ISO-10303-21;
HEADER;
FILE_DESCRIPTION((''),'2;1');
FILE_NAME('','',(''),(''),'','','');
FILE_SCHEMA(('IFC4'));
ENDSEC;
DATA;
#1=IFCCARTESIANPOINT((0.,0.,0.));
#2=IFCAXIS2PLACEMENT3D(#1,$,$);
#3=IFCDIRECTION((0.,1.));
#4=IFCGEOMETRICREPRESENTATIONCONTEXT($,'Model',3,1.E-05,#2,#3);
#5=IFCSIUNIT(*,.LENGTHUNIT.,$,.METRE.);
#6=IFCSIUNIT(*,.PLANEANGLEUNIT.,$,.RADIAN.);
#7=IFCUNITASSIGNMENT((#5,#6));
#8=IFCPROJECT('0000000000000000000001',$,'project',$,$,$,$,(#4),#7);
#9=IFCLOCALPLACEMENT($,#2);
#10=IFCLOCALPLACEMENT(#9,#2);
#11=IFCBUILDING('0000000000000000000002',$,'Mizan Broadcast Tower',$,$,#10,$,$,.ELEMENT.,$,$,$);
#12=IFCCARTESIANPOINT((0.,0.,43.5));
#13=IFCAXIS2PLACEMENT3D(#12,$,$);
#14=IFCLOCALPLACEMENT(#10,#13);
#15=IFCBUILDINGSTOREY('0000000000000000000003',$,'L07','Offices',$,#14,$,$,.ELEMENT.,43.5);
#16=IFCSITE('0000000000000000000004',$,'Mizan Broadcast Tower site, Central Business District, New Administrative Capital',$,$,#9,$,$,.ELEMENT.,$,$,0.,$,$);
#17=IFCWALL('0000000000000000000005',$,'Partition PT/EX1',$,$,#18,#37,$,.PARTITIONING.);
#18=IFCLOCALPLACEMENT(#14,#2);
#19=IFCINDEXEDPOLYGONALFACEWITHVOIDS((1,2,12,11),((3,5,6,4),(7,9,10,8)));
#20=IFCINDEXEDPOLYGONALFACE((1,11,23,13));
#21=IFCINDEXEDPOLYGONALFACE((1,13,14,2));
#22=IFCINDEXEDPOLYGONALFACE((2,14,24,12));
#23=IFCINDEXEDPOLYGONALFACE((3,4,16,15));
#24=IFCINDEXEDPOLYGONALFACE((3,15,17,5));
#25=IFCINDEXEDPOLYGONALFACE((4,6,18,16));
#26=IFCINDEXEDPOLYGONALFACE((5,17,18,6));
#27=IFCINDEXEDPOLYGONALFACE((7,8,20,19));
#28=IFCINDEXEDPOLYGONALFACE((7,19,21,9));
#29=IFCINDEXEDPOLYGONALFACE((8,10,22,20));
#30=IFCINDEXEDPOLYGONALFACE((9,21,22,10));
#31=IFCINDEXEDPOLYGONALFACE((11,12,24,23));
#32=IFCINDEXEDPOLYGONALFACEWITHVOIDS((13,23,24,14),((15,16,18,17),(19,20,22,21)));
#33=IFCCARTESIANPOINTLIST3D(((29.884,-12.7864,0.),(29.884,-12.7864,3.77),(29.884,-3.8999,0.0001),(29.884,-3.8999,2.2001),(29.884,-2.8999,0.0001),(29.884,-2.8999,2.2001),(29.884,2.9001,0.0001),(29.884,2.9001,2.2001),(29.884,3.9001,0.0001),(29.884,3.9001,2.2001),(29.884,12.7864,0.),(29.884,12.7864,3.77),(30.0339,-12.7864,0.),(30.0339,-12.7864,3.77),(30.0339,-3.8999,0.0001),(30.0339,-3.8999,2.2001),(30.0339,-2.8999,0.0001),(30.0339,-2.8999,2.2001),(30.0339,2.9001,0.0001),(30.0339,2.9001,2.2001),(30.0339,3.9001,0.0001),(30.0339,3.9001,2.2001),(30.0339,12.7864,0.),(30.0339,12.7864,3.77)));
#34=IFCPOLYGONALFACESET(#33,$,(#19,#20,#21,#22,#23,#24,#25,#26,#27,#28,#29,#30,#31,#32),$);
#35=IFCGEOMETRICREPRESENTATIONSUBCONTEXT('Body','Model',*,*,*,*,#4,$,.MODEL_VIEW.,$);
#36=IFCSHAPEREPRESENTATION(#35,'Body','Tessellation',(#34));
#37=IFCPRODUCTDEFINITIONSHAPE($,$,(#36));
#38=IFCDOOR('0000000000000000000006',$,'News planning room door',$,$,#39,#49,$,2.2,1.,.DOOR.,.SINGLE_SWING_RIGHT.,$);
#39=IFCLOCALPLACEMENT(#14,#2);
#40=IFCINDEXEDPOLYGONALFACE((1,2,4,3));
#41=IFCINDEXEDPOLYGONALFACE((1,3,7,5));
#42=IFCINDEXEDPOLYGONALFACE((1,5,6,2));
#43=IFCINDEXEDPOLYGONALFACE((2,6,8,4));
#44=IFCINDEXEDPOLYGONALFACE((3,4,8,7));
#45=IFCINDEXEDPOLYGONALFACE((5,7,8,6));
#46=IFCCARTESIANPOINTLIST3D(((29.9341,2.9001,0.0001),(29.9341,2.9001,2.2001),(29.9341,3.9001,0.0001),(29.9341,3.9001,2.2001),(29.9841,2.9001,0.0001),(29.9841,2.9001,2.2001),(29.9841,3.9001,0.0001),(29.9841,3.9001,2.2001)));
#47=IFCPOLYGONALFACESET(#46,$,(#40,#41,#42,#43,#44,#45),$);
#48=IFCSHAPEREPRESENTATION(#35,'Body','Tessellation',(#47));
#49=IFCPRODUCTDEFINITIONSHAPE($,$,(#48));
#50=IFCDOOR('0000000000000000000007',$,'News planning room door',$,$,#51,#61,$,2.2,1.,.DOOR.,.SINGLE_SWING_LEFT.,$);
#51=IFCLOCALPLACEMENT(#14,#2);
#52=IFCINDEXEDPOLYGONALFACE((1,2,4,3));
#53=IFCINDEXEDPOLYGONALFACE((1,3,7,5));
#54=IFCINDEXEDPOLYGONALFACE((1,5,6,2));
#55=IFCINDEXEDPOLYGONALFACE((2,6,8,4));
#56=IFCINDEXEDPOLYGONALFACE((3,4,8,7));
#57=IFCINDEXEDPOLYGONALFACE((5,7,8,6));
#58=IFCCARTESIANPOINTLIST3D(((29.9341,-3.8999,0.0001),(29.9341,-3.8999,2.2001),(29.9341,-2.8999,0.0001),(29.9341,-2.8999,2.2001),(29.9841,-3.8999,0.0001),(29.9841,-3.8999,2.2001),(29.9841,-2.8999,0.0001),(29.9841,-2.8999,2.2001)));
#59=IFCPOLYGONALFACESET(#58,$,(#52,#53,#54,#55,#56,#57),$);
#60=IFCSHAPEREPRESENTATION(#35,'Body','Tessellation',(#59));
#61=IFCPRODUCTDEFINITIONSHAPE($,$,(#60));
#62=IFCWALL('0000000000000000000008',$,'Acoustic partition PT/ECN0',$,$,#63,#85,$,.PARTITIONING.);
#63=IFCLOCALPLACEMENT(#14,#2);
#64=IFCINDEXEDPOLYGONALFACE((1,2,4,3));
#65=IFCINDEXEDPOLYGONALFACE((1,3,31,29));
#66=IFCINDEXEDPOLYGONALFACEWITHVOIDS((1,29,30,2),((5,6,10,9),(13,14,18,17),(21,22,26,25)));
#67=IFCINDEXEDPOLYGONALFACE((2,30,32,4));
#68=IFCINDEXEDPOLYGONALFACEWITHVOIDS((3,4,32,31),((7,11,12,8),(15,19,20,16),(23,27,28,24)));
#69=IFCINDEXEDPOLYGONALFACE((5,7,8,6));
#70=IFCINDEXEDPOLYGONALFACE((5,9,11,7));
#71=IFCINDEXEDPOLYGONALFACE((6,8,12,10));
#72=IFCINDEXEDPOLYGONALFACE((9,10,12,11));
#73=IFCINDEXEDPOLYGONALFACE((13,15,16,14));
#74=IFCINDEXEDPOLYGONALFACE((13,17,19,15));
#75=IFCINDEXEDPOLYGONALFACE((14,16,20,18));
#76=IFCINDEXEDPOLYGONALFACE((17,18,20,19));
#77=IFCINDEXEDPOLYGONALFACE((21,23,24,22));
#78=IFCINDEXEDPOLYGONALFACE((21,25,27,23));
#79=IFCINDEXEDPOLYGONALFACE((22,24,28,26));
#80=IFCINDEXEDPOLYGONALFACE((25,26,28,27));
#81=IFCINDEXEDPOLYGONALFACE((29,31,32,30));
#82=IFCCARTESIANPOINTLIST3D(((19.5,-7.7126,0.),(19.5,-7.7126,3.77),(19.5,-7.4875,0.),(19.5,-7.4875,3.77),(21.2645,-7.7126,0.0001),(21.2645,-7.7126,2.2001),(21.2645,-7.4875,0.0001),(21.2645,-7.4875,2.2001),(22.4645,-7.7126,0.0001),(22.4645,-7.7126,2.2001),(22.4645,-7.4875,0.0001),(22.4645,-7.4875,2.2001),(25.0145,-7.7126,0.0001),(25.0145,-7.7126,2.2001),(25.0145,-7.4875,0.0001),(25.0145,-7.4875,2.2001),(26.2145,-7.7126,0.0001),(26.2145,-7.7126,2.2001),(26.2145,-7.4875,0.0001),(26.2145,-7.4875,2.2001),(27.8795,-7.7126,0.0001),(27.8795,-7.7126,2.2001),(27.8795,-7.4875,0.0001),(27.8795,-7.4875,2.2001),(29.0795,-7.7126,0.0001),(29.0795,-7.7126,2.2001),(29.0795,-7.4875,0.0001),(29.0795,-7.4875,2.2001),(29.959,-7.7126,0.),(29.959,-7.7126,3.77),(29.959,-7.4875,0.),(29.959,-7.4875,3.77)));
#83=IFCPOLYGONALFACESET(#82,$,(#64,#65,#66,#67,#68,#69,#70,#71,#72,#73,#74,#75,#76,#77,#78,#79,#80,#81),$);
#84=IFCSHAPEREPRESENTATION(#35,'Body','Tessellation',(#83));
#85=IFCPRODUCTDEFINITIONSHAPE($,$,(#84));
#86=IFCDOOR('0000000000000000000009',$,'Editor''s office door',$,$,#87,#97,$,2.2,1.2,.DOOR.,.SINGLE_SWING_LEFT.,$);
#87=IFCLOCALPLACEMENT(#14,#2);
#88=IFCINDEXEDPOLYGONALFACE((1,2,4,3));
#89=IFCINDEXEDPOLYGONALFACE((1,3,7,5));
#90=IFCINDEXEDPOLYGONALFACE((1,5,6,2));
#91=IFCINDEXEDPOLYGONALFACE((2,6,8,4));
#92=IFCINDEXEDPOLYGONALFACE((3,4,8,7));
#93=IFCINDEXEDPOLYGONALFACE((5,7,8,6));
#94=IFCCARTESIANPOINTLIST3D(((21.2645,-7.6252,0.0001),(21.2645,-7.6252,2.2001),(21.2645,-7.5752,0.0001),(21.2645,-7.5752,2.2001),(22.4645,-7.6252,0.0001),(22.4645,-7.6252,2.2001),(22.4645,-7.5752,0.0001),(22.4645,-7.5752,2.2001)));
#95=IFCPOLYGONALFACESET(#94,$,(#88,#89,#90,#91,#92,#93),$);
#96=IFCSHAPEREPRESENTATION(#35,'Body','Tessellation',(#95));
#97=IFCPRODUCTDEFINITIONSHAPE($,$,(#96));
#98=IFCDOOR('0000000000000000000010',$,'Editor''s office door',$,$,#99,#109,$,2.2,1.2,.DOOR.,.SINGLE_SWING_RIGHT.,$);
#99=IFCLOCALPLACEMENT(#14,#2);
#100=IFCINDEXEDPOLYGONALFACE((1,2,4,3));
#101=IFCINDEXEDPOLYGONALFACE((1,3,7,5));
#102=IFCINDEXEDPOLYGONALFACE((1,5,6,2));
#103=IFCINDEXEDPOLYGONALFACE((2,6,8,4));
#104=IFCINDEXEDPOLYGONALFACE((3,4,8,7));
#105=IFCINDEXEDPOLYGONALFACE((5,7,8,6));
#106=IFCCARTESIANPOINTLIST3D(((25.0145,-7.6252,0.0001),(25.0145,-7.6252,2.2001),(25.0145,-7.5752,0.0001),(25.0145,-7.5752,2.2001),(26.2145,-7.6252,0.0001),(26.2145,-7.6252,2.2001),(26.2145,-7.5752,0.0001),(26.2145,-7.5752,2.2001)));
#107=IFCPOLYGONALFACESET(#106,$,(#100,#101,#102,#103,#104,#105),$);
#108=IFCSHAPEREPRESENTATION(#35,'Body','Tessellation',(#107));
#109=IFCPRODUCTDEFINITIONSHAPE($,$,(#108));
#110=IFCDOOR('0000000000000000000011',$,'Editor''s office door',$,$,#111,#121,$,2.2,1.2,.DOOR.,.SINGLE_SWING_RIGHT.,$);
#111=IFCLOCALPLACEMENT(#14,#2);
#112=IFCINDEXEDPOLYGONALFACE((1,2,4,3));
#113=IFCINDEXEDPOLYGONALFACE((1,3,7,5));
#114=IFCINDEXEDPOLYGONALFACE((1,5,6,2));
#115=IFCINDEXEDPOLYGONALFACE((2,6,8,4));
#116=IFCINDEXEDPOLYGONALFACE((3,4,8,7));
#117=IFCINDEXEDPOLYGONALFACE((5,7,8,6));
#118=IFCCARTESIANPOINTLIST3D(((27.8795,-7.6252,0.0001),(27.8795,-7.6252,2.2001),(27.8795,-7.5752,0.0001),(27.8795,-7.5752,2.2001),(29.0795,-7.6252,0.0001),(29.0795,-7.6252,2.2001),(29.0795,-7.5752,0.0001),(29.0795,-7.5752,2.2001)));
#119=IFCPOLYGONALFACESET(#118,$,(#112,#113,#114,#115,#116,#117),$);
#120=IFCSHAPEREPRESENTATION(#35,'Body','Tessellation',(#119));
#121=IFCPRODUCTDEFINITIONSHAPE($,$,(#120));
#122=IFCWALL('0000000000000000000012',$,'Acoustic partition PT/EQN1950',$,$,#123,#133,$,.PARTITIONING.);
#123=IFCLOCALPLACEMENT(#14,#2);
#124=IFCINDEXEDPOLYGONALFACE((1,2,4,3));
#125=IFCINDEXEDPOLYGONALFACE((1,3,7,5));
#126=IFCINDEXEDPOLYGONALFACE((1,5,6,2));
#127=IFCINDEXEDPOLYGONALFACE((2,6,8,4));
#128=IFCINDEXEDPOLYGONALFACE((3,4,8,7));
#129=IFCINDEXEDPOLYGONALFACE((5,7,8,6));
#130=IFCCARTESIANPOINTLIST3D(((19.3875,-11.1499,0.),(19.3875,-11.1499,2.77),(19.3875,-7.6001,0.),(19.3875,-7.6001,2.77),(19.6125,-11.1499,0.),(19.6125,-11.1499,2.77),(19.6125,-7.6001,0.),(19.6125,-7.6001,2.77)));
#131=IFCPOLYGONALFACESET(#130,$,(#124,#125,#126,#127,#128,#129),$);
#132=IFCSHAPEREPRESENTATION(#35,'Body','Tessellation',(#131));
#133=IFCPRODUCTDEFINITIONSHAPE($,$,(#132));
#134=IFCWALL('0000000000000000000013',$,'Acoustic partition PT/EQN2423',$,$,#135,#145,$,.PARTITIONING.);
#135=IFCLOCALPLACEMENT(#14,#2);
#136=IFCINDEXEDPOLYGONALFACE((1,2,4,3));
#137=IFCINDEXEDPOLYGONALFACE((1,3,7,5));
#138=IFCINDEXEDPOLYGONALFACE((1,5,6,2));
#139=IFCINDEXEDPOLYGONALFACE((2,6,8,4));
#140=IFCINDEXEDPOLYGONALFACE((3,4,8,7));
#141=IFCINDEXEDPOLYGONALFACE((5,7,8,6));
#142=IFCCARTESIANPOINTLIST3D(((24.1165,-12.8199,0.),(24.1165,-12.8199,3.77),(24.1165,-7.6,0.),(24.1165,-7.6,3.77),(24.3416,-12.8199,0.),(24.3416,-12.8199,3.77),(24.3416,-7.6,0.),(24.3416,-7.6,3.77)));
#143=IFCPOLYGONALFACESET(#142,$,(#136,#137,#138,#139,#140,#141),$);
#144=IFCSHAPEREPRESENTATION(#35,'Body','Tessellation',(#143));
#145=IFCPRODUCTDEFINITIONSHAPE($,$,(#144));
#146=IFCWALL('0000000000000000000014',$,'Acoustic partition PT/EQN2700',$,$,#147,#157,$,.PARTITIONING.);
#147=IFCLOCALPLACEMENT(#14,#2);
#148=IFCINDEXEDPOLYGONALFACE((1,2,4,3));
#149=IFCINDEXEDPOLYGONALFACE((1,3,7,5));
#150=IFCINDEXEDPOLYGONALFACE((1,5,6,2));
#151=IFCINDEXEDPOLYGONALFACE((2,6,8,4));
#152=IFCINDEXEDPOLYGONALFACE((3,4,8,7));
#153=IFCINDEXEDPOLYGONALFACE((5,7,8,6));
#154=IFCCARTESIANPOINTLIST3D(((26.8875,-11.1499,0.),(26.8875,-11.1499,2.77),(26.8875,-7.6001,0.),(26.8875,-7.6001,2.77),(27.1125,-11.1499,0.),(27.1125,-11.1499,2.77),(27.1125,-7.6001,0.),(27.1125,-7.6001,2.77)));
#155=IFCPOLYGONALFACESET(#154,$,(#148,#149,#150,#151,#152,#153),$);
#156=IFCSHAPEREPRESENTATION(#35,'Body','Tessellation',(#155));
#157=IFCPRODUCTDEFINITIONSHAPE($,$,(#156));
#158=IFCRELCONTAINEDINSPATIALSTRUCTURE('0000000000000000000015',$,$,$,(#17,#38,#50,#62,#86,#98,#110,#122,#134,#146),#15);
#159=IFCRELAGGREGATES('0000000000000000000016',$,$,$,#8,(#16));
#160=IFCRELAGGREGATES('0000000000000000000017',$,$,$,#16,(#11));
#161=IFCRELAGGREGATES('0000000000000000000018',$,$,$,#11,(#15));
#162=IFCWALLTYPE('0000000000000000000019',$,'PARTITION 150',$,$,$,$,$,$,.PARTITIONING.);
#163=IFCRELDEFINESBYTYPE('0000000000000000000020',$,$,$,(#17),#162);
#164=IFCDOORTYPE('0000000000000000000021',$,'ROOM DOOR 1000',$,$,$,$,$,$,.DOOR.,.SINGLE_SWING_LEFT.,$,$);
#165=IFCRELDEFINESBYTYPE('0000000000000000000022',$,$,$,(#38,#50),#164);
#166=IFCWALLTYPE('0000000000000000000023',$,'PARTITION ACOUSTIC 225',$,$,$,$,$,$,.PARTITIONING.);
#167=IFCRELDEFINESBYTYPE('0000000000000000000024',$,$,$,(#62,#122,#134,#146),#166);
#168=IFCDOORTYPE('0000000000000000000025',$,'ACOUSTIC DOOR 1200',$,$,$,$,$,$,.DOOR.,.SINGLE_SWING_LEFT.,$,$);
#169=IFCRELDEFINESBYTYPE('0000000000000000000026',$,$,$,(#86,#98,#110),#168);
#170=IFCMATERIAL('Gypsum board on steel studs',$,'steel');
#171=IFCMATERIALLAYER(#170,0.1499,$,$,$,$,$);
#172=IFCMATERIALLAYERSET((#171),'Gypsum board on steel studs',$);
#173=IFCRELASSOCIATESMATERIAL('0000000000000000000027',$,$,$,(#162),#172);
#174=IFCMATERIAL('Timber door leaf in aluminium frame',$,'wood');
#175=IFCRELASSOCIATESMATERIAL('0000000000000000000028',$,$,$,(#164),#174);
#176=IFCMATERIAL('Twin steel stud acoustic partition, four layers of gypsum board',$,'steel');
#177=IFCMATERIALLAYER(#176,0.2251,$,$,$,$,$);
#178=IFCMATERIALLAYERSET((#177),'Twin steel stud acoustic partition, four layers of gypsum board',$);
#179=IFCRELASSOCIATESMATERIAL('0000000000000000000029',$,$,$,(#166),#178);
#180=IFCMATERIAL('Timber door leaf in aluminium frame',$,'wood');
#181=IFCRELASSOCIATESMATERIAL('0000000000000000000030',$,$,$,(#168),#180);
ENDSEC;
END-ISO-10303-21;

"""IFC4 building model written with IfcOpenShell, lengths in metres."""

from ifc_helpers import new_model, si_unit, direction, frame, frame_2d, origin, place, context, subcontext, project, spatial, rectangle, extrude, material, layer, layer_set, type_object, element, fill, save


model = new_model("IFC4")

# Units and contexts
model_context = context("Model", 3, precision=1e-05, world=origin(), true_north=direction((0.0, 1.0)))
body_context = subcontext(model_context, "Body", "Model", "MODEL_VIEW")
ifc_project = project(units=[si_unit("LENGTHUNIT", "METRE"), si_unit("PLANEANGLEUNIT", "RADIAN")], contexts=[model_context])

# Site, building, storey
site_placement = place(None, origin())
site = spatial("IfcSite", under=ifc_project, at=site_placement, Name="Mizan Broadcast Tower site, Central Business District, New Administrative Capital", CompositionType="ELEMENT", RefElevation=0.0)
building_placement = place(site_placement, origin())
building = spatial("IfcBuilding", under=site, at=building_placement, Name="Mizan Broadcast Tower", CompositionType="ELEMENT")
storey_placement = place(building_placement, frame((0.0, 0.0, 43.5)))
storey = spatial("IfcBuildingStorey", under=building, at=storey_placement, Name="L07", Description="Offices", CompositionType="ELEMENT", Elevation=43.5)

# Walls, openings, doors
ifc_material_1 = material(Name="Gypsum board on steel studs", Category="steel")
ifc_layer_1 = layer(ifc_material_1, 0.1499)
ifc_layer_set_1 = layer_set([ifc_layer_1], Name="Gypsum board on steel studs")
wall_type_1 = type_object("IfcWallType", Name="PARTITION 150", PredefinedType="PARTITIONING", material=ifc_layer_set_1)
wall_1_placement = place(storey_placement, frame((29.959, -12.7864, 0.0), z_axis=(0.0, 0.0, 1.0), x_axis=(0.0, 1.0, 0.0)))
wall_1 = element("IfcWall", 1, at=wall_1_placement, inside=storey, type_object=wall_type_1, Name="Partition PT/EX1", PredefinedType="PARTITIONING", context=body_context, shape_type="SweptSolid", body=[
    extrude(rectangle(XDim=25.5728, YDim=0.1499, at=frame_2d((12.7864, 0.0))), origin(), (0.0, 0.0, 1.0), 3.77),
])
opening_1_placement = place(wall_1_placement, frame((15.6865, 0.0, 0.0)))
opening_1 = element("IfcOpeningElement", 2, at=opening_1_placement, cuts=wall_1, PredefinedType="OPENING", context=body_context, shape_type="SweptSolid", body=[
    extrude(rectangle(XDim=1.0, YDim=2.2, at=frame_2d((0.5, 1.1001))), frame((0.0, 0.085, 0.0), z_axis=(0.0, -1.0, 0.0), x_axis=(1.0, 0.0, 0.0)), (0.0, 0.0, 1.0), 0.1699),
])
opening_2_placement = place(wall_1_placement, frame((8.8865, 0.0, 0.0)))
opening_2 = element("IfcOpeningElement", 3, at=opening_2_placement, cuts=wall_1, PredefinedType="OPENING", context=body_context, shape_type="SweptSolid", body=[
    extrude(rectangle(XDim=1.0, YDim=2.2, at=frame_2d((0.5, 1.1001))), frame((0.0, 0.085, 0.0), z_axis=(0.0, -1.0, 0.0), x_axis=(1.0, 0.0, 0.0)), (0.0, 0.0, 1.0), 0.1699),
])
ifc_material_2 = material(Name="Timber door leaf in aluminium frame", Category="wood")
door_type_1 = type_object("IfcDoorType", Name="ROOM DOOR 1000", OperationType="SINGLE_SWING_LEFT", PredefinedType="DOOR", material=ifc_material_2)
door_1_placement = place(opening_1_placement, origin())
door_1 = element("IfcDoor", 4, at=door_1_placement, inside=storey, type_object=door_type_1, Name="News planning room door", OperationType="SINGLE_SWING_RIGHT", OverallHeight=2.2, OverallWidth=1.0, PredefinedType="DOOR", context=body_context, shape_type="SweptSolid", body=[
    extrude(rectangle(XDim=1.0, YDim=2.2, at=frame_2d((0.5, 1.1001))), frame((0.0, 0.0249, 0.0), z_axis=(0.0, -1.0, 0.0), x_axis=(1.0, 0.0, 0.0)), (0.0, 0.0, 1.0), 0.05),
])
fill(opening_1, door_1)
door_2_placement = place(opening_2_placement, origin())
door_2 = element("IfcDoor", 5, at=door_2_placement, inside=storey, type_object=door_type_1, Name="News planning room door", OperationType="SINGLE_SWING_LEFT", OverallHeight=2.2, OverallWidth=1.0, PredefinedType="DOOR", context=body_context, shape_type="SweptSolid", body=[
    extrude(rectangle(XDim=1.0, YDim=2.2, at=frame_2d((0.5, 1.1001))), frame((0.0, 0.0249, 0.0), z_axis=(0.0, -1.0, 0.0), x_axis=(1.0, 0.0, 0.0)), (0.0, 0.0, 1.0), 0.05),
])
fill(opening_2, door_2)
ifc_material_3 = material(Name="Twin steel stud acoustic partition, four layers of gypsum board", Category="steel")
ifc_layer_2 = layer(ifc_material_3, 0.2251)
ifc_layer_set_2 = layer_set([ifc_layer_2], Name="Twin steel stud acoustic partition, four layers of gypsum board")
wall_type_2 = type_object("IfcWallType", Name="PARTITION ACOUSTIC 225", PredefinedType="PARTITIONING", material=ifc_layer_set_2)
wall_2_placement = place(storey_placement, frame((19.5, -7.6001, 0.0), z_axis=(0.0, 0.0, 1.0), x_axis=(1.0, 0.0, 0.0)))
wall_2 = element("IfcWall", 6, at=wall_2_placement, inside=storey, type_object=wall_type_2, Name="Acoustic partition PT/ECN0", PredefinedType="PARTITIONING", context=body_context, shape_type="SweptSolid", body=[
    extrude(rectangle(XDim=10.459, YDim=0.2251, at=frame_2d((5.2295, 0.0))), origin(), (0.0, 0.0, 1.0), 3.77),
])
opening_3_placement = place(wall_2_placement, frame((1.7644, 0.0, 0.0)))
opening_3 = element("IfcOpeningElement", 7, at=opening_3_placement, cuts=wall_2, PredefinedType="OPENING", context=body_context, shape_type="SweptSolid", body=[
    extrude(rectangle(XDim=1.2, YDim=2.2, at=frame_2d((0.6001, 1.1001))), frame((0.0, 0.1226, 0.0), z_axis=(0.0, -1.0, 0.0), x_axis=(1.0, 0.0, 0.0)), (0.0, 0.0, 1.0), 0.2451),
])
opening_4_placement = place(wall_2_placement, frame((5.5144, 0.0, 0.0)))
opening_4 = element("IfcOpeningElement", 8, at=opening_4_placement, cuts=wall_2, PredefinedType="OPENING", context=body_context, shape_type="SweptSolid", body=[
    extrude(rectangle(XDim=1.2, YDim=2.2, at=frame_2d((0.6001, 1.1001))), frame((0.0, 0.1226, 0.0), z_axis=(0.0, -1.0, 0.0), x_axis=(1.0, 0.0, 0.0)), (0.0, 0.0, 1.0), 0.2451),
])
opening_5_placement = place(wall_2_placement, frame((8.3794, 0.0, 0.0)))
opening_5 = element("IfcOpeningElement", 9, at=opening_5_placement, cuts=wall_2, PredefinedType="OPENING", context=body_context, shape_type="SweptSolid", body=[
    extrude(rectangle(XDim=1.2, YDim=2.2, at=frame_2d((0.6001, 1.1001))), frame((0.0, 0.1226, 0.0), z_axis=(0.0, -1.0, 0.0), x_axis=(1.0, 0.0, 0.0)), (0.0, 0.0, 1.0), 0.2451),
])
ifc_material_4 = material(Name="Timber door leaf in aluminium frame", Category="wood")
door_type_2 = type_object("IfcDoorType", Name="ACOUSTIC DOOR 1200", OperationType="SINGLE_SWING_LEFT", PredefinedType="DOOR", material=ifc_material_4)
door_3_placement = place(opening_3_placement, origin())
door_3 = element("IfcDoor", 10, at=door_3_placement, inside=storey, type_object=door_type_2, Name="Editor's office door", OperationType="SINGLE_SWING_LEFT", OverallHeight=2.2, OverallWidth=1.2, PredefinedType="DOOR", context=body_context, shape_type="SweptSolid", body=[
    extrude(rectangle(XDim=1.2, YDim=2.2, at=frame_2d((0.6001, 1.1001))), frame((0.0, 0.0249, 0.0), z_axis=(0.0, -1.0, 0.0), x_axis=(1.0, 0.0, 0.0)), (0.0, 0.0, 1.0), 0.05),
])
fill(opening_3, door_3)
door_4_placement = place(opening_4_placement, origin())
door_4 = element("IfcDoor", 11, at=door_4_placement, inside=storey, type_object=door_type_2, Name="Editor's office door", OperationType="SINGLE_SWING_RIGHT", OverallHeight=2.2, OverallWidth=1.2, PredefinedType="DOOR", context=body_context, shape_type="SweptSolid", body=[
    extrude(rectangle(XDim=1.2, YDim=2.2, at=frame_2d((0.6001, 1.1001))), frame((0.0, 0.0249, 0.0), z_axis=(0.0, -1.0, 0.0), x_axis=(1.0, 0.0, 0.0)), (0.0, 0.0, 1.0), 0.05),
])
fill(opening_4, door_4)
door_5_placement = place(opening_5_placement, origin())
door_5 = element("IfcDoor", 12, at=door_5_placement, inside=storey, type_object=door_type_2, Name="Editor's office door", OperationType="SINGLE_SWING_RIGHT", OverallHeight=2.2, OverallWidth=1.2, PredefinedType="DOOR", context=body_context, shape_type="SweptSolid", body=[
    extrude(rectangle(XDim=1.2, YDim=2.2, at=frame_2d((0.6001, 1.1001))), frame((0.0, 0.0249, 0.0), z_axis=(0.0, -1.0, 0.0), x_axis=(1.0, 0.0, 0.0)), (0.0, 0.0, 1.0), 0.05),
])
fill(opening_5, door_5)

# Walls
wall_3_placement = place(storey_placement, frame((19.5, -7.6001, 0.0), z_axis=(0.0, 0.0, 1.0), x_axis=(0.0, -1.0, 0.0)))
element("IfcWall", 13, at=wall_3_placement, inside=storey, type_object=wall_type_2, Name="Acoustic partition PT/EQN1950", PredefinedType="PARTITIONING", context=body_context, shape_type="SweptSolid", body=[
    extrude(rectangle(XDim=3.5498, YDim=0.2251, at=frame_2d((1.7749, 0.0))), origin(), (0.0, 0.0, 1.0), 2.77),
])
wall_4_placement = place(storey_placement, frame((24.229, -7.6001, 0.0), z_axis=(0.0, 0.0, 1.0), x_axis=(0.0, -1.0, 0.0)))
element("IfcWall", 14, at=wall_4_placement, inside=storey, type_object=wall_type_2, Name="Acoustic partition PT/EQN2423", PredefinedType="PARTITIONING", context=body_context, shape_type="SweptSolid", body=[
    extrude(rectangle(XDim=5.22, YDim=0.2251, at=frame_2d((2.6099, 0.0))), origin(), (0.0, 0.0, 1.0), 3.77),
])
wall_5_placement = place(storey_placement, frame((27.0, -7.6001, 0.0), z_axis=(0.0, 0.0, 1.0), x_axis=(0.0, -1.0, 0.0)))
element("IfcWall", 15, at=wall_5_placement, inside=storey, type_object=wall_type_2, Name="Acoustic partition PT/EQN2700", PredefinedType="PARTITIONING", context=body_context, shape_type="SweptSolid", body=[
    extrude(rectangle(XDim=3.5498, YDim=0.2251, at=frame_2d((1.7749, 0.0))), origin(), (0.0, 0.0, 1.0), 2.77),
])

save(model, "model.ifc")
